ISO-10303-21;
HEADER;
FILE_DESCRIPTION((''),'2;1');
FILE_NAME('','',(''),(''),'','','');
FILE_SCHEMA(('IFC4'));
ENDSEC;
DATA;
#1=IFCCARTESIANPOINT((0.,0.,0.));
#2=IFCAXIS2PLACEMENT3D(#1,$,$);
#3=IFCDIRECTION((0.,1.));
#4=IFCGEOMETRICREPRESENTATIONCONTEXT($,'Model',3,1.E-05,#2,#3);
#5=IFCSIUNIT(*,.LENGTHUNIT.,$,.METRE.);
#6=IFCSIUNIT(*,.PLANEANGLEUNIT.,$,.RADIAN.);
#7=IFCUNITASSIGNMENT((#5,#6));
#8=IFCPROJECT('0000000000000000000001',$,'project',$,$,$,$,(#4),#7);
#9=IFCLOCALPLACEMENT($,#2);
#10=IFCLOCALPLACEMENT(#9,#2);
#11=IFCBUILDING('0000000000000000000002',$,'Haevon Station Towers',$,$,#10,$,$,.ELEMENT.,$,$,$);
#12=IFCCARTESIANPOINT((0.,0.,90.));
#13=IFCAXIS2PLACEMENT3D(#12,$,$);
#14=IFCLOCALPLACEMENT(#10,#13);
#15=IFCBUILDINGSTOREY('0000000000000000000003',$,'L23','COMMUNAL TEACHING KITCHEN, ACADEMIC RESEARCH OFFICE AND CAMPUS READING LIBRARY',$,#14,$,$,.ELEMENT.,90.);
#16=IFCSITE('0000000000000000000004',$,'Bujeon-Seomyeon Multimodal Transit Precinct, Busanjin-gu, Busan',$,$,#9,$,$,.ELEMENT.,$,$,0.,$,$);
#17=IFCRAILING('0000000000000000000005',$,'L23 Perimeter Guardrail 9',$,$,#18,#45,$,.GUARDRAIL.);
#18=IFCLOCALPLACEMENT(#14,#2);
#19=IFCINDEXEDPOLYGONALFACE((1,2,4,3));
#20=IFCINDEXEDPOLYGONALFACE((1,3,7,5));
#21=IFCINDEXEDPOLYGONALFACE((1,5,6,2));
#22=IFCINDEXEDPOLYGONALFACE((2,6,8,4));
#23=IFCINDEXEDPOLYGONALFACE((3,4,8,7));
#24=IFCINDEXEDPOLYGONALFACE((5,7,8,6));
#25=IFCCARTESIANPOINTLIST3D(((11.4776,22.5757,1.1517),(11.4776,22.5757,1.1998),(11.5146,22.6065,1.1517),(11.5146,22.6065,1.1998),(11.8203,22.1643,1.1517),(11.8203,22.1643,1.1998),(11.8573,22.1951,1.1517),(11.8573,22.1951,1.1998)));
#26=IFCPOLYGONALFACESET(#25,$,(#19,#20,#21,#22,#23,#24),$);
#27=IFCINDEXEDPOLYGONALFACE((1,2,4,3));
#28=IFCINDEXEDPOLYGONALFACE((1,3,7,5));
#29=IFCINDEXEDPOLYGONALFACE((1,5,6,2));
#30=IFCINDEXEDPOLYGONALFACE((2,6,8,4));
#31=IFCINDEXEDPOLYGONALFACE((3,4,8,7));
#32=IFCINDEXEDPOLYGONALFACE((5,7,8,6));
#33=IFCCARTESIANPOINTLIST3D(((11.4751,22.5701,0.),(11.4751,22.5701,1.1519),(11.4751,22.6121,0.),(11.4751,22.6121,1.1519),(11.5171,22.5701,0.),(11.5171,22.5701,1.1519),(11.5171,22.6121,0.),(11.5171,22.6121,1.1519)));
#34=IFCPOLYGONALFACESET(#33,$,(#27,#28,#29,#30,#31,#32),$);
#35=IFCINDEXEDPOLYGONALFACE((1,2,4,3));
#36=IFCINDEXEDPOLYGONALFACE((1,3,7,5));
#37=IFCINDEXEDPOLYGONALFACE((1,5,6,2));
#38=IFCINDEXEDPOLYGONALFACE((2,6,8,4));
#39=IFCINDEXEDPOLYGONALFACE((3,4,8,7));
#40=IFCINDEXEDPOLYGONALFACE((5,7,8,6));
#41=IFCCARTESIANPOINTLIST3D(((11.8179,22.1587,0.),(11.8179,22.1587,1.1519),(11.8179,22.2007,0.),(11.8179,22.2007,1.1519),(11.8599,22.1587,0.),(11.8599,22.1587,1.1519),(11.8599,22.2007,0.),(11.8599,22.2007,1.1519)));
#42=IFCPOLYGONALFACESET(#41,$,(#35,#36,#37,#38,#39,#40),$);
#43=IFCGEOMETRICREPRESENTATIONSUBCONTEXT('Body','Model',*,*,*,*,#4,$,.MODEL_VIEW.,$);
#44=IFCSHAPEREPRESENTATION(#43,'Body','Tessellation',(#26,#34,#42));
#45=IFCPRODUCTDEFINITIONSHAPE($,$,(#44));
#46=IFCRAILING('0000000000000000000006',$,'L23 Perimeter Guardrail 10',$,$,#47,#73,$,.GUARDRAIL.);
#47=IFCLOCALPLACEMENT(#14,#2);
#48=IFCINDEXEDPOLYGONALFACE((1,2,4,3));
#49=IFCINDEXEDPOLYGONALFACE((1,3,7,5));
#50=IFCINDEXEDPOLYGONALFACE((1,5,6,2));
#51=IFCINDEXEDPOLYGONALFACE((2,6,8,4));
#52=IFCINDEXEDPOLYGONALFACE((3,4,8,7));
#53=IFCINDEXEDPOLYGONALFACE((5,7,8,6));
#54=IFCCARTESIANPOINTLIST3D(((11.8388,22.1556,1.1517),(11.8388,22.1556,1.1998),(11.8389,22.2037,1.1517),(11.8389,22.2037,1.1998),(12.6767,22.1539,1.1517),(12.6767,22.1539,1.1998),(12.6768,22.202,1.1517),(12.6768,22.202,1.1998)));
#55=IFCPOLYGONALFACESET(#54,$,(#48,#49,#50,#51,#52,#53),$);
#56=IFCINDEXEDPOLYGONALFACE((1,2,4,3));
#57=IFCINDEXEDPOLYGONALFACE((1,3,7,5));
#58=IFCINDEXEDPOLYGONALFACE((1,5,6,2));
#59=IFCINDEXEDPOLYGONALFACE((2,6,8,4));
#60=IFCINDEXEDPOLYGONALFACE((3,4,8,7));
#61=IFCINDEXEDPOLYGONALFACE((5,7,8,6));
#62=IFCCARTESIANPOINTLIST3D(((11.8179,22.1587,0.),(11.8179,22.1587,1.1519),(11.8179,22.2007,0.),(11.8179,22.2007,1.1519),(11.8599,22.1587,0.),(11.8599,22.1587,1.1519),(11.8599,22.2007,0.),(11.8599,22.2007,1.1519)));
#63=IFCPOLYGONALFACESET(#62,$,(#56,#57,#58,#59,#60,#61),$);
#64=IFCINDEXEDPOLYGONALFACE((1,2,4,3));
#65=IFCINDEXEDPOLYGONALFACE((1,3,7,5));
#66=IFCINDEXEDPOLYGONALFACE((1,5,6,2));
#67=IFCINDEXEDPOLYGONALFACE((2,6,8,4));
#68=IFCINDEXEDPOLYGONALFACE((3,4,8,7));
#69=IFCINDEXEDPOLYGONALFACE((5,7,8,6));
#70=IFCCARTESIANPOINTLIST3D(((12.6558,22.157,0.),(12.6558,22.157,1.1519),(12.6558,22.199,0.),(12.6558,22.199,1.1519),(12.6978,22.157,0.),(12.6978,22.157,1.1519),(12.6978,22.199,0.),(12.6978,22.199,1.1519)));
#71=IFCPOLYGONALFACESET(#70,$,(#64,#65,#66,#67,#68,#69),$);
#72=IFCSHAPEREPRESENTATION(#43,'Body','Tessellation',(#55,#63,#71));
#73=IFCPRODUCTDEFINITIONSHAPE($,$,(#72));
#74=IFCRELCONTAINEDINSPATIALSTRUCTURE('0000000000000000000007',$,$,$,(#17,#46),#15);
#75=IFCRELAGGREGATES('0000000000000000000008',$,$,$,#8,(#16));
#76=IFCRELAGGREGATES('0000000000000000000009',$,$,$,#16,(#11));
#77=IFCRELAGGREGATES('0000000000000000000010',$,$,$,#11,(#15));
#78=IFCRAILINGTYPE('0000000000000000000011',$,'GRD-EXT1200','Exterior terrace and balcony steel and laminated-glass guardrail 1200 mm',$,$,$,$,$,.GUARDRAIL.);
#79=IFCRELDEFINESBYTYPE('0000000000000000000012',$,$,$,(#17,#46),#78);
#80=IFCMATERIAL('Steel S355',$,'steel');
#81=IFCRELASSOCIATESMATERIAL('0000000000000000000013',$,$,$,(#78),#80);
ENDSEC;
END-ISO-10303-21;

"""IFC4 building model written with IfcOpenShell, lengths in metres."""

from ifc_helpers import new_model, si_unit, direction, frame, origin, origin_2d, place, context, subcontext, project, spatial, rectangle, extrude, material, type_object, element, save


model = new_model("IFC4")

# Units and contexts
model_context = context("Model", 3, precision=1e-05, world=origin(), true_north=direction((0.0, 1.0)))
body_context = subcontext(model_context, "Body", "Model", "MODEL_VIEW")
ifc_project = project(units=[si_unit("LENGTHUNIT", "METRE"), si_unit("PLANEANGLEUNIT", "RADIAN")], contexts=[model_context])

# Site, building, storey
site_placement = place(None, origin())
site = spatial("IfcSite", under=ifc_project, at=site_placement, Name="Bujeon-Seomyeon Multimodal Transit Precinct, Busanjin-gu, Busan", CompositionType="ELEMENT", RefElevation=0.0)
building_placement = place(site_placement, origin())
building = spatial("IfcBuilding", under=site, at=building_placement, Name="Haevon Station Towers", CompositionType="ELEMENT")
storey_placement = place(building_placement, frame((0.0, 0.0, 90.0)))
storey = spatial("IfcBuildingStorey", under=building, at=storey_placement, Name="L23", Description="COMMUNAL TEACHING KITCHEN, ACADEMIC RESEARCH OFFICE AND CAMPUS READING LIBRARY", CompositionType="ELEMENT", Elevation=90.0)

# Shared definitions
ifc_material_1 = material(Name="Steel S355", Category="steel")

# Railings
railing_type = type_object("IfcRailingType", Name="GRD-EXT1200", Description="Exterior terrace and balcony steel and laminated-glass guardrail 1200 mm", PredefinedType="GUARDRAIL", material=ifc_material_1)
railing_1_placement = place(storey_placement, frame((11.4961, 22.5911, 0.0)))
element("IfcRailing", 1, at=railing_1_placement, inside=storey, type_object=railing_type, Name="L23 Perimeter Guardrail 9", PredefinedType="GUARDRAIL", context=body_context, shape_type="SweptSolid", body=[
    extrude(rectangle(XDim=0.0481, YDim=0.0481, at=origin_2d()), frame((0.0, 0.0, 1.1758), z_axis=(0.64014, -0.768259, 0.0), x_axis=(0.768259, 0.64014, 0.0)), (0.0, 0.0, 1.0), 0.5354),
    extrude(rectangle(XDim=0.042, YDim=0.042, at=origin_2d()), origin(), (0.0, 0.0, 1.0), 1.1519),
    extrude(rectangle(XDim=0.042, YDim=0.042, at=origin_2d()), frame((0.3428, -0.4114, 0.0)), (0.0, 0.0, 1.0), 1.1519),
])
railing_2_placement = place(storey_placement, frame((11.8389, 22.1797, 0.0)))
element("IfcRailing", 2, at=railing_2_placement, inside=storey, type_object=railing_type, Name="L23 Perimeter Guardrail 10", PredefinedType="GUARDRAIL", context=body_context, shape_type="SweptSolid", body=[
    extrude(rectangle(XDim=0.0481, YDim=0.0481, at=origin_2d()), frame((0.0, 0.0, 1.1758), z_axis=(0.999998, -0.00204, 0.0), x_axis=(0.00204, 0.999998, 0.0)), (0.0, 0.0, 1.0), 0.8379),
    extrude(rectangle(XDim=0.042, YDim=0.042, at=origin_2d()), origin(), (0.0, 0.0, 1.0), 1.1519),
    extrude(rectangle(XDim=0.042, YDim=0.042, at=origin_2d()), frame((0.8379, -0.0017, 0.0)), (0.0, 0.0, 1.0), 1.1519),
])

save(model, "model.ifc")
